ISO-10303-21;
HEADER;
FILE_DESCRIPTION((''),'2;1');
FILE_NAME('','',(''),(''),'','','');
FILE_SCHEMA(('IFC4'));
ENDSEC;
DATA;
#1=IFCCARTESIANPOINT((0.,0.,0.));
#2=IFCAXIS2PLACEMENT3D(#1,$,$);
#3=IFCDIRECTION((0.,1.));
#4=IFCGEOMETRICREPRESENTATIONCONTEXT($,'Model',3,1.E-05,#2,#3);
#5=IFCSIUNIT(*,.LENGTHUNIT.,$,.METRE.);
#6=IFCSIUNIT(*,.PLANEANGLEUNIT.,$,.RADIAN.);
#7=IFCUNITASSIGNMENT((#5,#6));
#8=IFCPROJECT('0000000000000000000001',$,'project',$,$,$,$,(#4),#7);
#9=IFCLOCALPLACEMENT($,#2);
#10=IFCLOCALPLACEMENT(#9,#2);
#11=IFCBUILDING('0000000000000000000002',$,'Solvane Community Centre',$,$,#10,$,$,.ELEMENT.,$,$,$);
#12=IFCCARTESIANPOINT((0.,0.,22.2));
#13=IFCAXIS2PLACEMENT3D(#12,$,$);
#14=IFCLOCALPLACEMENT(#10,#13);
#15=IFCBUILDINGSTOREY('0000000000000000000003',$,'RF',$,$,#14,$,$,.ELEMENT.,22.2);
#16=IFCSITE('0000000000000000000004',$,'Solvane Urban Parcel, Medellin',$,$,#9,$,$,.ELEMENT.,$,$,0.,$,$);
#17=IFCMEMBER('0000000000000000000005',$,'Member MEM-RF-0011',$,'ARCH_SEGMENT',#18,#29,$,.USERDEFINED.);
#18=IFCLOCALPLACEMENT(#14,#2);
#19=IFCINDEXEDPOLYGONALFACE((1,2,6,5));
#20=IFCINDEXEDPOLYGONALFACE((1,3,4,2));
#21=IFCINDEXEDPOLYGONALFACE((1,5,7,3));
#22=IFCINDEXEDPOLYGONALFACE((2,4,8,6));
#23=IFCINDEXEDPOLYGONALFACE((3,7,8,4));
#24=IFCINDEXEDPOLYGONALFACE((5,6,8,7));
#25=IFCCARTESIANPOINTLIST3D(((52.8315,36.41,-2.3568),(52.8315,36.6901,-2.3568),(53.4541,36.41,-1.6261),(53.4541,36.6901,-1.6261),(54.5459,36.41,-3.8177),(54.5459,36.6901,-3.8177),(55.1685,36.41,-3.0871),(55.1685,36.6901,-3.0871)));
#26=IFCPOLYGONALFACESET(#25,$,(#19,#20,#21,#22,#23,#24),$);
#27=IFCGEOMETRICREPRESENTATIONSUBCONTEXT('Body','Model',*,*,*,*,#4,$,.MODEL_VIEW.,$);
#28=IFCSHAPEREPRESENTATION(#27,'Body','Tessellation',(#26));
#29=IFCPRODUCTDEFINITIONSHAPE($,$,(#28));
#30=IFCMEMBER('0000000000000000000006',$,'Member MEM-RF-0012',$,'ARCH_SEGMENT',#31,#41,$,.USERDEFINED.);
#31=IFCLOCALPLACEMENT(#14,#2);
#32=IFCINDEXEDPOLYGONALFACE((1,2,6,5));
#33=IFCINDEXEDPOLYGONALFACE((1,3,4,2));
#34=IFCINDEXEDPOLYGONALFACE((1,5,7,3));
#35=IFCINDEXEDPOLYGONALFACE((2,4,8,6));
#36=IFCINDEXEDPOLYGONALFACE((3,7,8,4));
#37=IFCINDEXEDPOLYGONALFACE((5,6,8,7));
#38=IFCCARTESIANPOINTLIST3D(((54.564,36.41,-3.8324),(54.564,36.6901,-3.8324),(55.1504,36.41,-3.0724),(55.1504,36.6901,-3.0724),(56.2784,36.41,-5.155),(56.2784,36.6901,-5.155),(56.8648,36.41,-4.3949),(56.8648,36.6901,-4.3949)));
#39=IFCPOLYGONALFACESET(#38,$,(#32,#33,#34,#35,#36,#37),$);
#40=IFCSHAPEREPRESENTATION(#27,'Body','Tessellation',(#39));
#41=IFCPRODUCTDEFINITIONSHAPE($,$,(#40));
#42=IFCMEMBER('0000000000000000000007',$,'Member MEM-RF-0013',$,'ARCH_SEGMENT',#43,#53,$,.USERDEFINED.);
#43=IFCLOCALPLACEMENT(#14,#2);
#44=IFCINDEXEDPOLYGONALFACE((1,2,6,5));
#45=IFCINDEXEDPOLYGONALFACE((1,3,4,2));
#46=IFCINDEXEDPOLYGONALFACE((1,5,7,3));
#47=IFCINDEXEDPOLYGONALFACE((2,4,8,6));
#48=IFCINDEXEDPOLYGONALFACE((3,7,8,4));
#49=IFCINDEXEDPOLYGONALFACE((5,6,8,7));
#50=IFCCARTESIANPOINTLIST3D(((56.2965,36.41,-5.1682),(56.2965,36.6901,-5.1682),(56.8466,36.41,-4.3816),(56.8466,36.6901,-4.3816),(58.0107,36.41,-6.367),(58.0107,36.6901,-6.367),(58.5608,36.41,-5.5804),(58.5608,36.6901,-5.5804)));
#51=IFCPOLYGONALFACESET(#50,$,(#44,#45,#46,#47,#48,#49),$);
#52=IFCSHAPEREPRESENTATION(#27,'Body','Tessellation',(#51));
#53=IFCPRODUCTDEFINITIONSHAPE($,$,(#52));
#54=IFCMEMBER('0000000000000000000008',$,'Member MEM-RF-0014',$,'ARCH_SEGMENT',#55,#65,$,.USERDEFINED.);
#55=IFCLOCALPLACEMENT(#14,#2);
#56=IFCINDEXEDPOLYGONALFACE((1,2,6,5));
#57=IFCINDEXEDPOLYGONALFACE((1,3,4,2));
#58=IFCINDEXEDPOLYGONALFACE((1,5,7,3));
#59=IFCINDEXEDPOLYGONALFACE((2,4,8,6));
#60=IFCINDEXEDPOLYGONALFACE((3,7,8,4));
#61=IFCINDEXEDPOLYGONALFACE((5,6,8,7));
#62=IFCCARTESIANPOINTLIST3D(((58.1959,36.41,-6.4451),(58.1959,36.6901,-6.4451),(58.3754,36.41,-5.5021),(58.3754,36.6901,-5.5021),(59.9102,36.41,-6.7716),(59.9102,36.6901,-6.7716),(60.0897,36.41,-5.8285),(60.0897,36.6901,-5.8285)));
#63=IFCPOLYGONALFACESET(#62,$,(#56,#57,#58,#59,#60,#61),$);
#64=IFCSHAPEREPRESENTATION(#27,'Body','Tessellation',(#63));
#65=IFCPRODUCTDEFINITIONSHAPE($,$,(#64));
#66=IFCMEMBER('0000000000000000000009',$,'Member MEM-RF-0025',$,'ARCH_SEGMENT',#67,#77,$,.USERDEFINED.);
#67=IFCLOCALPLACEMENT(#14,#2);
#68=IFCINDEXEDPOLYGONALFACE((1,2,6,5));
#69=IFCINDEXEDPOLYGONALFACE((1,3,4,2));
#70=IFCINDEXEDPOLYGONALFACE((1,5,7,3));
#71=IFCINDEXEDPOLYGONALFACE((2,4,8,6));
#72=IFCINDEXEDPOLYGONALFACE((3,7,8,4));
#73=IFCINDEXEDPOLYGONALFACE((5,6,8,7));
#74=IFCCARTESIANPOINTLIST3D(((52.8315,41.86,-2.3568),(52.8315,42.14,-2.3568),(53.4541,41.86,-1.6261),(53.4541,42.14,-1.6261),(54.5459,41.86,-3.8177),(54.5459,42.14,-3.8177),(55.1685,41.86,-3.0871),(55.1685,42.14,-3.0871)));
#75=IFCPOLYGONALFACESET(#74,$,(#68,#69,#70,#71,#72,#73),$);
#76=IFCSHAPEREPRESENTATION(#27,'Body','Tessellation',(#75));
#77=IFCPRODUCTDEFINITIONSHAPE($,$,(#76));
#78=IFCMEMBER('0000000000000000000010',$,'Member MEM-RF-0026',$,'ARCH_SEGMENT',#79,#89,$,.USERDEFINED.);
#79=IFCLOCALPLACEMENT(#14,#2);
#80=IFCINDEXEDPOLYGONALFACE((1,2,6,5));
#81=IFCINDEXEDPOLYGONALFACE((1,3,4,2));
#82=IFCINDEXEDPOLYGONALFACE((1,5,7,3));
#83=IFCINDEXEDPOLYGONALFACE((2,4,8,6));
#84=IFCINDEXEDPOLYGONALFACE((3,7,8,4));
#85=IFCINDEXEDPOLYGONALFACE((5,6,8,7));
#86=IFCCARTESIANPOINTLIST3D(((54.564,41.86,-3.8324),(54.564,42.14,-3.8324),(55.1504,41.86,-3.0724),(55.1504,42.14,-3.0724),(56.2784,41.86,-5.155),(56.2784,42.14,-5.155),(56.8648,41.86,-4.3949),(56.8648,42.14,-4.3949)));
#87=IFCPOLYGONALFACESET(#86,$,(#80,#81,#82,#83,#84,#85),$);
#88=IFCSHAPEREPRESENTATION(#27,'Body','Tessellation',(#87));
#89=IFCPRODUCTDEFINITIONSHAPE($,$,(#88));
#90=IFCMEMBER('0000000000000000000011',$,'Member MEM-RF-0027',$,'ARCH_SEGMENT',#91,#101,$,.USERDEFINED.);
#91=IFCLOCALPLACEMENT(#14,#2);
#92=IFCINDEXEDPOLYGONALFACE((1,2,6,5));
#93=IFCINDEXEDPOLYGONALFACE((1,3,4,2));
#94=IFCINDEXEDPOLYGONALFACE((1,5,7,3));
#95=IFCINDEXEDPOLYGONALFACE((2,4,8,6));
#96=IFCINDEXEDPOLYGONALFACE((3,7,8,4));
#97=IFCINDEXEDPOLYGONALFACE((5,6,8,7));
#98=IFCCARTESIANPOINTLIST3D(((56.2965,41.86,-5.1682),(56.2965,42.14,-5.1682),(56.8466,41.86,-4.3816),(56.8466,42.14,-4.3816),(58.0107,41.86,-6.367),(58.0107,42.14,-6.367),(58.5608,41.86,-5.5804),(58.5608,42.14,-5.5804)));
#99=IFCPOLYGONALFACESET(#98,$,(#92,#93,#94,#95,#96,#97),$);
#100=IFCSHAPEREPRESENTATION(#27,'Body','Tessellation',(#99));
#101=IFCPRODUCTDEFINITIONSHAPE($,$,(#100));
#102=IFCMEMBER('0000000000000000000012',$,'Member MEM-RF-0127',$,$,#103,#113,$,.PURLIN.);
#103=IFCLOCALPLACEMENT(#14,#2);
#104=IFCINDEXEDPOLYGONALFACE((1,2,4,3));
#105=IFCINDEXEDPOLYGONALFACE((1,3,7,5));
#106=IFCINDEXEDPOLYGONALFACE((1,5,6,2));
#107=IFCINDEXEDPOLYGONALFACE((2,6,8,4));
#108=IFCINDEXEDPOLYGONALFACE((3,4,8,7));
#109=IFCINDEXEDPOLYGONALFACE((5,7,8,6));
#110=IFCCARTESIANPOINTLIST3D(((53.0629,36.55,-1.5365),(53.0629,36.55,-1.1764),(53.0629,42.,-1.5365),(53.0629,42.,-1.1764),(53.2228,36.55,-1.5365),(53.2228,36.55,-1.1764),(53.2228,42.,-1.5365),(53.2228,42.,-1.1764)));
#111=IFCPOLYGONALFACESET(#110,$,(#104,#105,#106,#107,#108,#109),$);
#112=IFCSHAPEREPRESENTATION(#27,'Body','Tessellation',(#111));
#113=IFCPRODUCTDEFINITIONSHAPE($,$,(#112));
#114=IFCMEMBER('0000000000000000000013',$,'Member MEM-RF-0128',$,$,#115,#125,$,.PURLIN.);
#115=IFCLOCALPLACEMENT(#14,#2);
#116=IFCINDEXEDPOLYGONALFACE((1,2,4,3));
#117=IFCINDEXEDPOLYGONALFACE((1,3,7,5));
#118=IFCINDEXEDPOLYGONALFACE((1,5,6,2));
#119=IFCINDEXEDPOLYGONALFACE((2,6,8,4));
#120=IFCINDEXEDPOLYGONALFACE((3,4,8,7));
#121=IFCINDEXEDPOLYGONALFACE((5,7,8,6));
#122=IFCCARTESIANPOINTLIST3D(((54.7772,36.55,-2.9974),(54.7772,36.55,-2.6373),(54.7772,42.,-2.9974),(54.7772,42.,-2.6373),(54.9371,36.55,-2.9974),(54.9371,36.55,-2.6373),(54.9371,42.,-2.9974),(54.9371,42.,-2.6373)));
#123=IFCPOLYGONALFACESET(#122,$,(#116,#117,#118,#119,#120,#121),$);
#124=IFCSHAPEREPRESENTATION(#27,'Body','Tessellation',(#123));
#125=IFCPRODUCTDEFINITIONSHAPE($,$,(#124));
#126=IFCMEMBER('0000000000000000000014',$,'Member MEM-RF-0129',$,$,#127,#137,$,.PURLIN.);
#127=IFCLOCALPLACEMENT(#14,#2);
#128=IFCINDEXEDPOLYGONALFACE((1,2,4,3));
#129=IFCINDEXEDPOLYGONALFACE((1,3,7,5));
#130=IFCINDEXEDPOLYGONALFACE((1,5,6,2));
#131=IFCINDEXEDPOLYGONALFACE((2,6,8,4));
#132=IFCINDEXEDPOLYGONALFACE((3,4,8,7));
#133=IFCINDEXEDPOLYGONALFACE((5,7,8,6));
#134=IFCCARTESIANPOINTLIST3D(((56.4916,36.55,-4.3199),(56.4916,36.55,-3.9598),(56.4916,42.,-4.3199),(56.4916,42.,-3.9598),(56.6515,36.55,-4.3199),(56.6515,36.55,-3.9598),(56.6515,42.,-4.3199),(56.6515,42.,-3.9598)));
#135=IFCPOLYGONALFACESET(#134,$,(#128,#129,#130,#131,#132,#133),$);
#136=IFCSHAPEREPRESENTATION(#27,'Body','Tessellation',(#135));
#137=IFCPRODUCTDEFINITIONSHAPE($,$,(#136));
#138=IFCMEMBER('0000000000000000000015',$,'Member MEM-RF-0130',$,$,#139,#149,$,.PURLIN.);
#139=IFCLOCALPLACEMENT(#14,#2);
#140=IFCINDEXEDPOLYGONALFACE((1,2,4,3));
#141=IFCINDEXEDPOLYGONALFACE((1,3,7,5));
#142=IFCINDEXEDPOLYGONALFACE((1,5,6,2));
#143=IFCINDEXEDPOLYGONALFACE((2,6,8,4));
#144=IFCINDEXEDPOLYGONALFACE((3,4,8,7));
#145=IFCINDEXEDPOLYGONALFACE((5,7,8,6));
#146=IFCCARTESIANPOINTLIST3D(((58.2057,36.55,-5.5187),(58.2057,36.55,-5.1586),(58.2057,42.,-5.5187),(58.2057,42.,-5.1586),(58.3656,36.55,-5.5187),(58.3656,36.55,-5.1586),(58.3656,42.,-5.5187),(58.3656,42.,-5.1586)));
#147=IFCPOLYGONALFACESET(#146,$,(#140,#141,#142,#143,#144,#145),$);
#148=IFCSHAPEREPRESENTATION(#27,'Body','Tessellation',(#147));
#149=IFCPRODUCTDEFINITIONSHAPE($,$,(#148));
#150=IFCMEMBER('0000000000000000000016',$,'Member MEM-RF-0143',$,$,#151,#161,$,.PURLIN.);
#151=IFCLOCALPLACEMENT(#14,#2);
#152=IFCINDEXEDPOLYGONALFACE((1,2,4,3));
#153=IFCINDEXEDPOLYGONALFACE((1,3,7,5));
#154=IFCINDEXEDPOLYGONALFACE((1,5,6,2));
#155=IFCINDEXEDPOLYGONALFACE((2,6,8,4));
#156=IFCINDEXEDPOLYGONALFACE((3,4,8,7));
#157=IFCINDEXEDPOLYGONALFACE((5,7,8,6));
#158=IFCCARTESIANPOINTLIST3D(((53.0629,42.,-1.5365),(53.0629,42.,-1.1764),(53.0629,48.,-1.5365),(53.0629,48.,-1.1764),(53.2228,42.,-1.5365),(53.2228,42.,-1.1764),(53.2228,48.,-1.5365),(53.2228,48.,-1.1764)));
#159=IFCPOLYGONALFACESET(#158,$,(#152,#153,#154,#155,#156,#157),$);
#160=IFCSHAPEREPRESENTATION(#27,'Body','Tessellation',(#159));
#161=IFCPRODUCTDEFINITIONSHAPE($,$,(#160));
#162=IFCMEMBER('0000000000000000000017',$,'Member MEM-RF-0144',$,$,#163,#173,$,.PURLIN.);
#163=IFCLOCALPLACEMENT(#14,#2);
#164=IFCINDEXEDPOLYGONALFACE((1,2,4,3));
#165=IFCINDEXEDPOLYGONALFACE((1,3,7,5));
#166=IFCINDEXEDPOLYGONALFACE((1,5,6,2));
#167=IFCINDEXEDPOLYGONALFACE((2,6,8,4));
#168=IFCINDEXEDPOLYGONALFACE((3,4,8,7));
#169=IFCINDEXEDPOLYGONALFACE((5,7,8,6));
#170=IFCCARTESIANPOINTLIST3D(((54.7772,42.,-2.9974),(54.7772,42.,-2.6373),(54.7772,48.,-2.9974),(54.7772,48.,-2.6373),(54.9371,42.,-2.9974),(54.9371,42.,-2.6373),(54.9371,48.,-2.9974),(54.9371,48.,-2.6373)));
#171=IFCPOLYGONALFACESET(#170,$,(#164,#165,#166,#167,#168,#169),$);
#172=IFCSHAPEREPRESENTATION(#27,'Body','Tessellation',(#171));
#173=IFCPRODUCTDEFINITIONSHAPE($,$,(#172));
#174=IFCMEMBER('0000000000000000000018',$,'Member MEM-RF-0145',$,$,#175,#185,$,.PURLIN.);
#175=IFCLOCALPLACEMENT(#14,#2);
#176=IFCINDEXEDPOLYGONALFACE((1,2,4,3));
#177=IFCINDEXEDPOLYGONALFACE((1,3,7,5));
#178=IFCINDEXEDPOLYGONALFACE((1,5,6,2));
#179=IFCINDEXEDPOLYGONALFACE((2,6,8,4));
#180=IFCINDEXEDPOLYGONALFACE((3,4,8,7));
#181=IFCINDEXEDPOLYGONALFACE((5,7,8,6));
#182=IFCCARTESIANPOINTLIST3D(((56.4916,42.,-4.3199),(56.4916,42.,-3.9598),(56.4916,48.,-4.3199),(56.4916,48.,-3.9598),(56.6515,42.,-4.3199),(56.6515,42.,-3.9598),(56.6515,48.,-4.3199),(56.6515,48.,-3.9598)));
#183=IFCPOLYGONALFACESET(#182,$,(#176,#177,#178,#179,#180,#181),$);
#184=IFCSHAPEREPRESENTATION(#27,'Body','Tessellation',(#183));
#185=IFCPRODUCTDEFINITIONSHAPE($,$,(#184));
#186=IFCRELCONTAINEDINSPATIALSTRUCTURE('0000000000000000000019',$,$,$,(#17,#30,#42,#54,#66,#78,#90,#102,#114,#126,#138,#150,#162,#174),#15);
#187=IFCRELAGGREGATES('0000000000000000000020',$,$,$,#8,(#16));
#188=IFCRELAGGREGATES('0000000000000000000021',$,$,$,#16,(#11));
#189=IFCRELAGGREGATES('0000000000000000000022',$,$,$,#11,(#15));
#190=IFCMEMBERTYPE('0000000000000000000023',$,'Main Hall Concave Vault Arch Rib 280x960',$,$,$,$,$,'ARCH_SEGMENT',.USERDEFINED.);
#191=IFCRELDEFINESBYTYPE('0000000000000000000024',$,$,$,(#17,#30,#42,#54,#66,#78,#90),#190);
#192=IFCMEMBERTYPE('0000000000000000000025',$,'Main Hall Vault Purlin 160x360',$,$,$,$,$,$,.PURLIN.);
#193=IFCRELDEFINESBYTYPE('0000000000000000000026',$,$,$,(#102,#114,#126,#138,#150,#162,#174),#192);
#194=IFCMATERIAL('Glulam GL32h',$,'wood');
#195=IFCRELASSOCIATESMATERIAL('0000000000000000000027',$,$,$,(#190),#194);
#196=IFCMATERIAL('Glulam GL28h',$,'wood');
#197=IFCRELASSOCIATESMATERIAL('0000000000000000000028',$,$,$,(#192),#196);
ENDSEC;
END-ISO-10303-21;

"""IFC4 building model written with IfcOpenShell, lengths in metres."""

from ifc_helpers import new_model, si_unit, direction, frame, origin, origin_2d, place, context, subcontext, project, spatial, rectangle, extrude, material, material_profile, profile_set, type_object, element, save


model = new_model("IFC4")

# Units and contexts
model_context = context("Model", 3, precision=1e-05, world=origin(), true_north=direction((0.0, 1.0)))
body_context = subcontext(model_context, "Body", "Model", "MODEL_VIEW")
ifc_project = project(units=[si_unit("LENGTHUNIT", "METRE"), si_unit("PLANEANGLEUNIT", "RADIAN")], contexts=[model_context])

# Site, building, storey
site_placement = place(None, origin())
site = spatial("IfcSite", under=ifc_project, at=site_placement, Name="Solvane Urban Parcel, Medellin", CompositionType="ELEMENT", RefElevation=0.0)
building_placement = place(site_placement, origin())
building = spatial("IfcBuilding", under=site, at=building_placement, Name="Solvane Community Centre", CompositionType="ELEMENT")
storey_placement = place(building_placement, frame((0.0, 0.0, 22.2)))
storey = spatial("IfcBuildingStorey", under=building, at=storey_placement, Name="RF", CompositionType="ELEMENT", Elevation=22.2)

# Members
ifc_material_1 = material(Name="Glulam GL32h", Category="wood")
ifc_material_profile_1 = material_profile(ifc_material_1, rectangle(XDim=0.28, YDim=0.96, at=origin_2d()), Name="GL32h 280x960")
ifc_profile_set_1 = profile_set([ifc_material_profile_1], Name="Glulam GL32h")
member_type_1 = type_object("IfcMemberType", Name="Main Hall Concave Vault Arch Rib 280x960", ElementType="ARCH_SEGMENT", PredefinedType="USERDEFINED", material=ifc_profile_set_1)
member_1_placement = place(storey_placement, frame((53.1428, 36.55, -1.9915), z_axis=(0.76112, 0.0, -0.648611), x_axis=(0.0, 1.0, 0.0)))
element("IfcMember", 1, at=member_1_placement, inside=storey, type_object=member_type_1, Name="Member MEM-RF-0011", ObjectType="ARCH_SEGMENT", PredefinedType="USERDEFINED", context=body_context, shape_type="SweptSolid", body=[
    extrude(rectangle(XDim=0.28, YDim=0.96, at=origin_2d()), origin(), (0.0, 0.0, 1.0), 2.2524),
])
member_2_placement = place(storey_placement, frame((54.8572, 36.55, -3.4524), z_axis=(0.791781, 0.0, -0.610805), x_axis=(0.0, 1.0, 0.0)))
element("IfcMember", 2, at=member_2_placement, inside=storey, type_object=member_type_1, Name="Member MEM-RF-0012", ObjectType="ARCH_SEGMENT", PredefinedType="USERDEFINED", context=body_context, shape_type="SweptSolid", body=[
    extrude(rectangle(XDim=0.28, YDim=0.96, at=origin_2d()), origin(), (0.0, 0.0, 1.0), 2.1653),
])
member_3_placement = place(storey_placement, frame((56.5715, 36.55, -4.7749), z_axis=(0.81949, 0.0, -0.573094), x_axis=(0.0, 1.0, 0.0)))
element("IfcMember", 3, at=member_3_placement, inside=storey, type_object=member_type_1, Name="Member MEM-RF-0013", ObjectType="ARCH_SEGMENT", PredefinedType="USERDEFINED", context=body_context, shape_type="SweptSolid", body=[
    extrude(rectangle(XDim=0.28, YDim=0.96, at=origin_2d()), origin(), (0.0, 0.0, 1.0), 2.0918),
])
member_4_placement = place(storey_placement, frame((58.2856, 36.55, -5.9736), z_axis=(0.982352, 0.0, -0.187041), x_axis=(0.0, 1.0, 0.0)))
element("IfcMember", 4, at=member_4_placement, inside=storey, type_object=member_type_1, Name="Member MEM-RF-0014", ObjectType="ARCH_SEGMENT", PredefinedType="USERDEFINED", context=body_context, shape_type="SweptSolid", body=[
    extrude(rectangle(XDim=0.28, YDim=0.96, at=origin_2d()), origin(), (0.0, 0.0, 1.0), 1.7451),
])
member_5_placement = place(storey_placement, frame((53.1428, 42.0, -1.9915), z_axis=(0.76112, 0.0, -0.648611), x_axis=(0.0, 1.0, 0.0)))
element("IfcMember", 5, at=member_5_placement, inside=storey, type_object=member_type_1, Name="Member MEM-RF-0025", ObjectType="ARCH_SEGMENT", PredefinedType="USERDEFINED", context=body_context, shape_type="SweptSolid", body=[
    extrude(rectangle(XDim=0.28, YDim=0.96, at=origin_2d()), origin(), (0.0, 0.0, 1.0), 2.2524),
])
member_6_placement = place(storey_placement, frame((54.8572, 42.0, -3.4524), z_axis=(0.791781, 0.0, -0.610805), x_axis=(0.0, 1.0, 0.0)))
element("IfcMember", 6, at=member_6_placement, inside=storey, type_object=member_type_1, Name="Member MEM-RF-0026", ObjectType="ARCH_SEGMENT", PredefinedType="USERDEFINED", context=body_context, shape_type="SweptSolid", body=[
    extrude(rectangle(XDim=0.28, YDim=0.96, at=origin_2d()), origin(), (0.0, 0.0, 1.0), 2.1653),
])
member_7_placement = place(storey_placement, frame((56.5715, 42.0, -4.7749), z_axis=(0.81949, 0.0, -0.573094), x_axis=(0.0, 1.0, 0.0)))
element("IfcMember", 7, at=member_7_placement, inside=storey, type_object=member_type_1, Name="Member MEM-RF-0027", ObjectType="ARCH_SEGMENT", PredefinedType="USERDEFINED", context=body_context, shape_type="SweptSolid", body=[
    extrude(rectangle(XDim=0.28, YDim=0.96, at=origin_2d()), origin(), (0.0, 0.0, 1.0), 2.0918),
])
ifc_material_2 = material(Name="Glulam GL28h", Category="wood")
ifc_material_profile_2 = material_profile(ifc_material_2, rectangle(XDim=0.1599, YDim=0.3601, at=origin_2d()), Name="GL28h 160x360")
ifc_profile_set_2 = profile_set([ifc_material_profile_2], Name="Glulam GL28h")
member_type_2 = type_object("IfcMemberType", Name="Main Hall Vault Purlin 160x360", PredefinedType="PURLIN", material=ifc_profile_set_2)
for number, where, z_axis, x_axis, name in (
    (8, (53.1428, 36.55, -1.3564), (0.0, 1.0, 0.0), (-1.0, 0.0, 0.0), "Member MEM-RF-0127"),
    (9, (54.8572, 36.55, -2.8174), (0.0, 1.0, 0.0), (-1.0, 0.0, 0.0), "Member MEM-RF-0128"),
    (10, (56.5715, 36.55, -4.1399), (0.0, 1.0, 0.0), (-1.0, 0.0, 0.0), "Member MEM-RF-0129"),
    (11, (58.2856, 36.55, -5.3386), (0.0, 1.0, 0.0), (-1.0, 0.0, 0.0), "Member MEM-RF-0130"),
):
    element("IfcMember", number, at=place(storey_placement, frame(where, z_axis=z_axis, x_axis=x_axis)), inside=storey, type_object=member_type_2, Name=name, PredefinedType="PURLIN", context=body_context, shape_type="SweptSolid", body=[
        extrude(rectangle(XDim=0.1599, YDim=0.3601, at=origin_2d()), origin(), (0.0, 0.0, 1.0), 5.45),
    ])
for number, where, z_axis, x_axis, name in (
    (12, (53.1428, 42.0, -1.3564), (0.0, 1.0, 0.0), (-1.0, 0.0, 0.0), "Member MEM-RF-0143"),
    (13, (54.8572, 42.0, -2.8174), (0.0, 1.0, 0.0), (-1.0, 0.0, 0.0), "Member MEM-RF-0144"),
    (14, (56.5715, 42.0, -4.1399), (0.0, 1.0, 0.0), (-1.0, 0.0, 0.0), "Member MEM-RF-0145"),
):
    element("IfcMember", number, at=place(storey_placement, frame(where, z_axis=z_axis, x_axis=x_axis)), inside=storey, type_object=member_type_2, Name=name, PredefinedType="PURLIN", context=body_context, shape_type="SweptSolid", body=[
        extrude(rectangle(XDim=0.1599, YDim=0.3601, at=origin_2d()), origin(), (0.0, 0.0, 1.0), 6.0),
    ])

save(model, "model.ifc")
